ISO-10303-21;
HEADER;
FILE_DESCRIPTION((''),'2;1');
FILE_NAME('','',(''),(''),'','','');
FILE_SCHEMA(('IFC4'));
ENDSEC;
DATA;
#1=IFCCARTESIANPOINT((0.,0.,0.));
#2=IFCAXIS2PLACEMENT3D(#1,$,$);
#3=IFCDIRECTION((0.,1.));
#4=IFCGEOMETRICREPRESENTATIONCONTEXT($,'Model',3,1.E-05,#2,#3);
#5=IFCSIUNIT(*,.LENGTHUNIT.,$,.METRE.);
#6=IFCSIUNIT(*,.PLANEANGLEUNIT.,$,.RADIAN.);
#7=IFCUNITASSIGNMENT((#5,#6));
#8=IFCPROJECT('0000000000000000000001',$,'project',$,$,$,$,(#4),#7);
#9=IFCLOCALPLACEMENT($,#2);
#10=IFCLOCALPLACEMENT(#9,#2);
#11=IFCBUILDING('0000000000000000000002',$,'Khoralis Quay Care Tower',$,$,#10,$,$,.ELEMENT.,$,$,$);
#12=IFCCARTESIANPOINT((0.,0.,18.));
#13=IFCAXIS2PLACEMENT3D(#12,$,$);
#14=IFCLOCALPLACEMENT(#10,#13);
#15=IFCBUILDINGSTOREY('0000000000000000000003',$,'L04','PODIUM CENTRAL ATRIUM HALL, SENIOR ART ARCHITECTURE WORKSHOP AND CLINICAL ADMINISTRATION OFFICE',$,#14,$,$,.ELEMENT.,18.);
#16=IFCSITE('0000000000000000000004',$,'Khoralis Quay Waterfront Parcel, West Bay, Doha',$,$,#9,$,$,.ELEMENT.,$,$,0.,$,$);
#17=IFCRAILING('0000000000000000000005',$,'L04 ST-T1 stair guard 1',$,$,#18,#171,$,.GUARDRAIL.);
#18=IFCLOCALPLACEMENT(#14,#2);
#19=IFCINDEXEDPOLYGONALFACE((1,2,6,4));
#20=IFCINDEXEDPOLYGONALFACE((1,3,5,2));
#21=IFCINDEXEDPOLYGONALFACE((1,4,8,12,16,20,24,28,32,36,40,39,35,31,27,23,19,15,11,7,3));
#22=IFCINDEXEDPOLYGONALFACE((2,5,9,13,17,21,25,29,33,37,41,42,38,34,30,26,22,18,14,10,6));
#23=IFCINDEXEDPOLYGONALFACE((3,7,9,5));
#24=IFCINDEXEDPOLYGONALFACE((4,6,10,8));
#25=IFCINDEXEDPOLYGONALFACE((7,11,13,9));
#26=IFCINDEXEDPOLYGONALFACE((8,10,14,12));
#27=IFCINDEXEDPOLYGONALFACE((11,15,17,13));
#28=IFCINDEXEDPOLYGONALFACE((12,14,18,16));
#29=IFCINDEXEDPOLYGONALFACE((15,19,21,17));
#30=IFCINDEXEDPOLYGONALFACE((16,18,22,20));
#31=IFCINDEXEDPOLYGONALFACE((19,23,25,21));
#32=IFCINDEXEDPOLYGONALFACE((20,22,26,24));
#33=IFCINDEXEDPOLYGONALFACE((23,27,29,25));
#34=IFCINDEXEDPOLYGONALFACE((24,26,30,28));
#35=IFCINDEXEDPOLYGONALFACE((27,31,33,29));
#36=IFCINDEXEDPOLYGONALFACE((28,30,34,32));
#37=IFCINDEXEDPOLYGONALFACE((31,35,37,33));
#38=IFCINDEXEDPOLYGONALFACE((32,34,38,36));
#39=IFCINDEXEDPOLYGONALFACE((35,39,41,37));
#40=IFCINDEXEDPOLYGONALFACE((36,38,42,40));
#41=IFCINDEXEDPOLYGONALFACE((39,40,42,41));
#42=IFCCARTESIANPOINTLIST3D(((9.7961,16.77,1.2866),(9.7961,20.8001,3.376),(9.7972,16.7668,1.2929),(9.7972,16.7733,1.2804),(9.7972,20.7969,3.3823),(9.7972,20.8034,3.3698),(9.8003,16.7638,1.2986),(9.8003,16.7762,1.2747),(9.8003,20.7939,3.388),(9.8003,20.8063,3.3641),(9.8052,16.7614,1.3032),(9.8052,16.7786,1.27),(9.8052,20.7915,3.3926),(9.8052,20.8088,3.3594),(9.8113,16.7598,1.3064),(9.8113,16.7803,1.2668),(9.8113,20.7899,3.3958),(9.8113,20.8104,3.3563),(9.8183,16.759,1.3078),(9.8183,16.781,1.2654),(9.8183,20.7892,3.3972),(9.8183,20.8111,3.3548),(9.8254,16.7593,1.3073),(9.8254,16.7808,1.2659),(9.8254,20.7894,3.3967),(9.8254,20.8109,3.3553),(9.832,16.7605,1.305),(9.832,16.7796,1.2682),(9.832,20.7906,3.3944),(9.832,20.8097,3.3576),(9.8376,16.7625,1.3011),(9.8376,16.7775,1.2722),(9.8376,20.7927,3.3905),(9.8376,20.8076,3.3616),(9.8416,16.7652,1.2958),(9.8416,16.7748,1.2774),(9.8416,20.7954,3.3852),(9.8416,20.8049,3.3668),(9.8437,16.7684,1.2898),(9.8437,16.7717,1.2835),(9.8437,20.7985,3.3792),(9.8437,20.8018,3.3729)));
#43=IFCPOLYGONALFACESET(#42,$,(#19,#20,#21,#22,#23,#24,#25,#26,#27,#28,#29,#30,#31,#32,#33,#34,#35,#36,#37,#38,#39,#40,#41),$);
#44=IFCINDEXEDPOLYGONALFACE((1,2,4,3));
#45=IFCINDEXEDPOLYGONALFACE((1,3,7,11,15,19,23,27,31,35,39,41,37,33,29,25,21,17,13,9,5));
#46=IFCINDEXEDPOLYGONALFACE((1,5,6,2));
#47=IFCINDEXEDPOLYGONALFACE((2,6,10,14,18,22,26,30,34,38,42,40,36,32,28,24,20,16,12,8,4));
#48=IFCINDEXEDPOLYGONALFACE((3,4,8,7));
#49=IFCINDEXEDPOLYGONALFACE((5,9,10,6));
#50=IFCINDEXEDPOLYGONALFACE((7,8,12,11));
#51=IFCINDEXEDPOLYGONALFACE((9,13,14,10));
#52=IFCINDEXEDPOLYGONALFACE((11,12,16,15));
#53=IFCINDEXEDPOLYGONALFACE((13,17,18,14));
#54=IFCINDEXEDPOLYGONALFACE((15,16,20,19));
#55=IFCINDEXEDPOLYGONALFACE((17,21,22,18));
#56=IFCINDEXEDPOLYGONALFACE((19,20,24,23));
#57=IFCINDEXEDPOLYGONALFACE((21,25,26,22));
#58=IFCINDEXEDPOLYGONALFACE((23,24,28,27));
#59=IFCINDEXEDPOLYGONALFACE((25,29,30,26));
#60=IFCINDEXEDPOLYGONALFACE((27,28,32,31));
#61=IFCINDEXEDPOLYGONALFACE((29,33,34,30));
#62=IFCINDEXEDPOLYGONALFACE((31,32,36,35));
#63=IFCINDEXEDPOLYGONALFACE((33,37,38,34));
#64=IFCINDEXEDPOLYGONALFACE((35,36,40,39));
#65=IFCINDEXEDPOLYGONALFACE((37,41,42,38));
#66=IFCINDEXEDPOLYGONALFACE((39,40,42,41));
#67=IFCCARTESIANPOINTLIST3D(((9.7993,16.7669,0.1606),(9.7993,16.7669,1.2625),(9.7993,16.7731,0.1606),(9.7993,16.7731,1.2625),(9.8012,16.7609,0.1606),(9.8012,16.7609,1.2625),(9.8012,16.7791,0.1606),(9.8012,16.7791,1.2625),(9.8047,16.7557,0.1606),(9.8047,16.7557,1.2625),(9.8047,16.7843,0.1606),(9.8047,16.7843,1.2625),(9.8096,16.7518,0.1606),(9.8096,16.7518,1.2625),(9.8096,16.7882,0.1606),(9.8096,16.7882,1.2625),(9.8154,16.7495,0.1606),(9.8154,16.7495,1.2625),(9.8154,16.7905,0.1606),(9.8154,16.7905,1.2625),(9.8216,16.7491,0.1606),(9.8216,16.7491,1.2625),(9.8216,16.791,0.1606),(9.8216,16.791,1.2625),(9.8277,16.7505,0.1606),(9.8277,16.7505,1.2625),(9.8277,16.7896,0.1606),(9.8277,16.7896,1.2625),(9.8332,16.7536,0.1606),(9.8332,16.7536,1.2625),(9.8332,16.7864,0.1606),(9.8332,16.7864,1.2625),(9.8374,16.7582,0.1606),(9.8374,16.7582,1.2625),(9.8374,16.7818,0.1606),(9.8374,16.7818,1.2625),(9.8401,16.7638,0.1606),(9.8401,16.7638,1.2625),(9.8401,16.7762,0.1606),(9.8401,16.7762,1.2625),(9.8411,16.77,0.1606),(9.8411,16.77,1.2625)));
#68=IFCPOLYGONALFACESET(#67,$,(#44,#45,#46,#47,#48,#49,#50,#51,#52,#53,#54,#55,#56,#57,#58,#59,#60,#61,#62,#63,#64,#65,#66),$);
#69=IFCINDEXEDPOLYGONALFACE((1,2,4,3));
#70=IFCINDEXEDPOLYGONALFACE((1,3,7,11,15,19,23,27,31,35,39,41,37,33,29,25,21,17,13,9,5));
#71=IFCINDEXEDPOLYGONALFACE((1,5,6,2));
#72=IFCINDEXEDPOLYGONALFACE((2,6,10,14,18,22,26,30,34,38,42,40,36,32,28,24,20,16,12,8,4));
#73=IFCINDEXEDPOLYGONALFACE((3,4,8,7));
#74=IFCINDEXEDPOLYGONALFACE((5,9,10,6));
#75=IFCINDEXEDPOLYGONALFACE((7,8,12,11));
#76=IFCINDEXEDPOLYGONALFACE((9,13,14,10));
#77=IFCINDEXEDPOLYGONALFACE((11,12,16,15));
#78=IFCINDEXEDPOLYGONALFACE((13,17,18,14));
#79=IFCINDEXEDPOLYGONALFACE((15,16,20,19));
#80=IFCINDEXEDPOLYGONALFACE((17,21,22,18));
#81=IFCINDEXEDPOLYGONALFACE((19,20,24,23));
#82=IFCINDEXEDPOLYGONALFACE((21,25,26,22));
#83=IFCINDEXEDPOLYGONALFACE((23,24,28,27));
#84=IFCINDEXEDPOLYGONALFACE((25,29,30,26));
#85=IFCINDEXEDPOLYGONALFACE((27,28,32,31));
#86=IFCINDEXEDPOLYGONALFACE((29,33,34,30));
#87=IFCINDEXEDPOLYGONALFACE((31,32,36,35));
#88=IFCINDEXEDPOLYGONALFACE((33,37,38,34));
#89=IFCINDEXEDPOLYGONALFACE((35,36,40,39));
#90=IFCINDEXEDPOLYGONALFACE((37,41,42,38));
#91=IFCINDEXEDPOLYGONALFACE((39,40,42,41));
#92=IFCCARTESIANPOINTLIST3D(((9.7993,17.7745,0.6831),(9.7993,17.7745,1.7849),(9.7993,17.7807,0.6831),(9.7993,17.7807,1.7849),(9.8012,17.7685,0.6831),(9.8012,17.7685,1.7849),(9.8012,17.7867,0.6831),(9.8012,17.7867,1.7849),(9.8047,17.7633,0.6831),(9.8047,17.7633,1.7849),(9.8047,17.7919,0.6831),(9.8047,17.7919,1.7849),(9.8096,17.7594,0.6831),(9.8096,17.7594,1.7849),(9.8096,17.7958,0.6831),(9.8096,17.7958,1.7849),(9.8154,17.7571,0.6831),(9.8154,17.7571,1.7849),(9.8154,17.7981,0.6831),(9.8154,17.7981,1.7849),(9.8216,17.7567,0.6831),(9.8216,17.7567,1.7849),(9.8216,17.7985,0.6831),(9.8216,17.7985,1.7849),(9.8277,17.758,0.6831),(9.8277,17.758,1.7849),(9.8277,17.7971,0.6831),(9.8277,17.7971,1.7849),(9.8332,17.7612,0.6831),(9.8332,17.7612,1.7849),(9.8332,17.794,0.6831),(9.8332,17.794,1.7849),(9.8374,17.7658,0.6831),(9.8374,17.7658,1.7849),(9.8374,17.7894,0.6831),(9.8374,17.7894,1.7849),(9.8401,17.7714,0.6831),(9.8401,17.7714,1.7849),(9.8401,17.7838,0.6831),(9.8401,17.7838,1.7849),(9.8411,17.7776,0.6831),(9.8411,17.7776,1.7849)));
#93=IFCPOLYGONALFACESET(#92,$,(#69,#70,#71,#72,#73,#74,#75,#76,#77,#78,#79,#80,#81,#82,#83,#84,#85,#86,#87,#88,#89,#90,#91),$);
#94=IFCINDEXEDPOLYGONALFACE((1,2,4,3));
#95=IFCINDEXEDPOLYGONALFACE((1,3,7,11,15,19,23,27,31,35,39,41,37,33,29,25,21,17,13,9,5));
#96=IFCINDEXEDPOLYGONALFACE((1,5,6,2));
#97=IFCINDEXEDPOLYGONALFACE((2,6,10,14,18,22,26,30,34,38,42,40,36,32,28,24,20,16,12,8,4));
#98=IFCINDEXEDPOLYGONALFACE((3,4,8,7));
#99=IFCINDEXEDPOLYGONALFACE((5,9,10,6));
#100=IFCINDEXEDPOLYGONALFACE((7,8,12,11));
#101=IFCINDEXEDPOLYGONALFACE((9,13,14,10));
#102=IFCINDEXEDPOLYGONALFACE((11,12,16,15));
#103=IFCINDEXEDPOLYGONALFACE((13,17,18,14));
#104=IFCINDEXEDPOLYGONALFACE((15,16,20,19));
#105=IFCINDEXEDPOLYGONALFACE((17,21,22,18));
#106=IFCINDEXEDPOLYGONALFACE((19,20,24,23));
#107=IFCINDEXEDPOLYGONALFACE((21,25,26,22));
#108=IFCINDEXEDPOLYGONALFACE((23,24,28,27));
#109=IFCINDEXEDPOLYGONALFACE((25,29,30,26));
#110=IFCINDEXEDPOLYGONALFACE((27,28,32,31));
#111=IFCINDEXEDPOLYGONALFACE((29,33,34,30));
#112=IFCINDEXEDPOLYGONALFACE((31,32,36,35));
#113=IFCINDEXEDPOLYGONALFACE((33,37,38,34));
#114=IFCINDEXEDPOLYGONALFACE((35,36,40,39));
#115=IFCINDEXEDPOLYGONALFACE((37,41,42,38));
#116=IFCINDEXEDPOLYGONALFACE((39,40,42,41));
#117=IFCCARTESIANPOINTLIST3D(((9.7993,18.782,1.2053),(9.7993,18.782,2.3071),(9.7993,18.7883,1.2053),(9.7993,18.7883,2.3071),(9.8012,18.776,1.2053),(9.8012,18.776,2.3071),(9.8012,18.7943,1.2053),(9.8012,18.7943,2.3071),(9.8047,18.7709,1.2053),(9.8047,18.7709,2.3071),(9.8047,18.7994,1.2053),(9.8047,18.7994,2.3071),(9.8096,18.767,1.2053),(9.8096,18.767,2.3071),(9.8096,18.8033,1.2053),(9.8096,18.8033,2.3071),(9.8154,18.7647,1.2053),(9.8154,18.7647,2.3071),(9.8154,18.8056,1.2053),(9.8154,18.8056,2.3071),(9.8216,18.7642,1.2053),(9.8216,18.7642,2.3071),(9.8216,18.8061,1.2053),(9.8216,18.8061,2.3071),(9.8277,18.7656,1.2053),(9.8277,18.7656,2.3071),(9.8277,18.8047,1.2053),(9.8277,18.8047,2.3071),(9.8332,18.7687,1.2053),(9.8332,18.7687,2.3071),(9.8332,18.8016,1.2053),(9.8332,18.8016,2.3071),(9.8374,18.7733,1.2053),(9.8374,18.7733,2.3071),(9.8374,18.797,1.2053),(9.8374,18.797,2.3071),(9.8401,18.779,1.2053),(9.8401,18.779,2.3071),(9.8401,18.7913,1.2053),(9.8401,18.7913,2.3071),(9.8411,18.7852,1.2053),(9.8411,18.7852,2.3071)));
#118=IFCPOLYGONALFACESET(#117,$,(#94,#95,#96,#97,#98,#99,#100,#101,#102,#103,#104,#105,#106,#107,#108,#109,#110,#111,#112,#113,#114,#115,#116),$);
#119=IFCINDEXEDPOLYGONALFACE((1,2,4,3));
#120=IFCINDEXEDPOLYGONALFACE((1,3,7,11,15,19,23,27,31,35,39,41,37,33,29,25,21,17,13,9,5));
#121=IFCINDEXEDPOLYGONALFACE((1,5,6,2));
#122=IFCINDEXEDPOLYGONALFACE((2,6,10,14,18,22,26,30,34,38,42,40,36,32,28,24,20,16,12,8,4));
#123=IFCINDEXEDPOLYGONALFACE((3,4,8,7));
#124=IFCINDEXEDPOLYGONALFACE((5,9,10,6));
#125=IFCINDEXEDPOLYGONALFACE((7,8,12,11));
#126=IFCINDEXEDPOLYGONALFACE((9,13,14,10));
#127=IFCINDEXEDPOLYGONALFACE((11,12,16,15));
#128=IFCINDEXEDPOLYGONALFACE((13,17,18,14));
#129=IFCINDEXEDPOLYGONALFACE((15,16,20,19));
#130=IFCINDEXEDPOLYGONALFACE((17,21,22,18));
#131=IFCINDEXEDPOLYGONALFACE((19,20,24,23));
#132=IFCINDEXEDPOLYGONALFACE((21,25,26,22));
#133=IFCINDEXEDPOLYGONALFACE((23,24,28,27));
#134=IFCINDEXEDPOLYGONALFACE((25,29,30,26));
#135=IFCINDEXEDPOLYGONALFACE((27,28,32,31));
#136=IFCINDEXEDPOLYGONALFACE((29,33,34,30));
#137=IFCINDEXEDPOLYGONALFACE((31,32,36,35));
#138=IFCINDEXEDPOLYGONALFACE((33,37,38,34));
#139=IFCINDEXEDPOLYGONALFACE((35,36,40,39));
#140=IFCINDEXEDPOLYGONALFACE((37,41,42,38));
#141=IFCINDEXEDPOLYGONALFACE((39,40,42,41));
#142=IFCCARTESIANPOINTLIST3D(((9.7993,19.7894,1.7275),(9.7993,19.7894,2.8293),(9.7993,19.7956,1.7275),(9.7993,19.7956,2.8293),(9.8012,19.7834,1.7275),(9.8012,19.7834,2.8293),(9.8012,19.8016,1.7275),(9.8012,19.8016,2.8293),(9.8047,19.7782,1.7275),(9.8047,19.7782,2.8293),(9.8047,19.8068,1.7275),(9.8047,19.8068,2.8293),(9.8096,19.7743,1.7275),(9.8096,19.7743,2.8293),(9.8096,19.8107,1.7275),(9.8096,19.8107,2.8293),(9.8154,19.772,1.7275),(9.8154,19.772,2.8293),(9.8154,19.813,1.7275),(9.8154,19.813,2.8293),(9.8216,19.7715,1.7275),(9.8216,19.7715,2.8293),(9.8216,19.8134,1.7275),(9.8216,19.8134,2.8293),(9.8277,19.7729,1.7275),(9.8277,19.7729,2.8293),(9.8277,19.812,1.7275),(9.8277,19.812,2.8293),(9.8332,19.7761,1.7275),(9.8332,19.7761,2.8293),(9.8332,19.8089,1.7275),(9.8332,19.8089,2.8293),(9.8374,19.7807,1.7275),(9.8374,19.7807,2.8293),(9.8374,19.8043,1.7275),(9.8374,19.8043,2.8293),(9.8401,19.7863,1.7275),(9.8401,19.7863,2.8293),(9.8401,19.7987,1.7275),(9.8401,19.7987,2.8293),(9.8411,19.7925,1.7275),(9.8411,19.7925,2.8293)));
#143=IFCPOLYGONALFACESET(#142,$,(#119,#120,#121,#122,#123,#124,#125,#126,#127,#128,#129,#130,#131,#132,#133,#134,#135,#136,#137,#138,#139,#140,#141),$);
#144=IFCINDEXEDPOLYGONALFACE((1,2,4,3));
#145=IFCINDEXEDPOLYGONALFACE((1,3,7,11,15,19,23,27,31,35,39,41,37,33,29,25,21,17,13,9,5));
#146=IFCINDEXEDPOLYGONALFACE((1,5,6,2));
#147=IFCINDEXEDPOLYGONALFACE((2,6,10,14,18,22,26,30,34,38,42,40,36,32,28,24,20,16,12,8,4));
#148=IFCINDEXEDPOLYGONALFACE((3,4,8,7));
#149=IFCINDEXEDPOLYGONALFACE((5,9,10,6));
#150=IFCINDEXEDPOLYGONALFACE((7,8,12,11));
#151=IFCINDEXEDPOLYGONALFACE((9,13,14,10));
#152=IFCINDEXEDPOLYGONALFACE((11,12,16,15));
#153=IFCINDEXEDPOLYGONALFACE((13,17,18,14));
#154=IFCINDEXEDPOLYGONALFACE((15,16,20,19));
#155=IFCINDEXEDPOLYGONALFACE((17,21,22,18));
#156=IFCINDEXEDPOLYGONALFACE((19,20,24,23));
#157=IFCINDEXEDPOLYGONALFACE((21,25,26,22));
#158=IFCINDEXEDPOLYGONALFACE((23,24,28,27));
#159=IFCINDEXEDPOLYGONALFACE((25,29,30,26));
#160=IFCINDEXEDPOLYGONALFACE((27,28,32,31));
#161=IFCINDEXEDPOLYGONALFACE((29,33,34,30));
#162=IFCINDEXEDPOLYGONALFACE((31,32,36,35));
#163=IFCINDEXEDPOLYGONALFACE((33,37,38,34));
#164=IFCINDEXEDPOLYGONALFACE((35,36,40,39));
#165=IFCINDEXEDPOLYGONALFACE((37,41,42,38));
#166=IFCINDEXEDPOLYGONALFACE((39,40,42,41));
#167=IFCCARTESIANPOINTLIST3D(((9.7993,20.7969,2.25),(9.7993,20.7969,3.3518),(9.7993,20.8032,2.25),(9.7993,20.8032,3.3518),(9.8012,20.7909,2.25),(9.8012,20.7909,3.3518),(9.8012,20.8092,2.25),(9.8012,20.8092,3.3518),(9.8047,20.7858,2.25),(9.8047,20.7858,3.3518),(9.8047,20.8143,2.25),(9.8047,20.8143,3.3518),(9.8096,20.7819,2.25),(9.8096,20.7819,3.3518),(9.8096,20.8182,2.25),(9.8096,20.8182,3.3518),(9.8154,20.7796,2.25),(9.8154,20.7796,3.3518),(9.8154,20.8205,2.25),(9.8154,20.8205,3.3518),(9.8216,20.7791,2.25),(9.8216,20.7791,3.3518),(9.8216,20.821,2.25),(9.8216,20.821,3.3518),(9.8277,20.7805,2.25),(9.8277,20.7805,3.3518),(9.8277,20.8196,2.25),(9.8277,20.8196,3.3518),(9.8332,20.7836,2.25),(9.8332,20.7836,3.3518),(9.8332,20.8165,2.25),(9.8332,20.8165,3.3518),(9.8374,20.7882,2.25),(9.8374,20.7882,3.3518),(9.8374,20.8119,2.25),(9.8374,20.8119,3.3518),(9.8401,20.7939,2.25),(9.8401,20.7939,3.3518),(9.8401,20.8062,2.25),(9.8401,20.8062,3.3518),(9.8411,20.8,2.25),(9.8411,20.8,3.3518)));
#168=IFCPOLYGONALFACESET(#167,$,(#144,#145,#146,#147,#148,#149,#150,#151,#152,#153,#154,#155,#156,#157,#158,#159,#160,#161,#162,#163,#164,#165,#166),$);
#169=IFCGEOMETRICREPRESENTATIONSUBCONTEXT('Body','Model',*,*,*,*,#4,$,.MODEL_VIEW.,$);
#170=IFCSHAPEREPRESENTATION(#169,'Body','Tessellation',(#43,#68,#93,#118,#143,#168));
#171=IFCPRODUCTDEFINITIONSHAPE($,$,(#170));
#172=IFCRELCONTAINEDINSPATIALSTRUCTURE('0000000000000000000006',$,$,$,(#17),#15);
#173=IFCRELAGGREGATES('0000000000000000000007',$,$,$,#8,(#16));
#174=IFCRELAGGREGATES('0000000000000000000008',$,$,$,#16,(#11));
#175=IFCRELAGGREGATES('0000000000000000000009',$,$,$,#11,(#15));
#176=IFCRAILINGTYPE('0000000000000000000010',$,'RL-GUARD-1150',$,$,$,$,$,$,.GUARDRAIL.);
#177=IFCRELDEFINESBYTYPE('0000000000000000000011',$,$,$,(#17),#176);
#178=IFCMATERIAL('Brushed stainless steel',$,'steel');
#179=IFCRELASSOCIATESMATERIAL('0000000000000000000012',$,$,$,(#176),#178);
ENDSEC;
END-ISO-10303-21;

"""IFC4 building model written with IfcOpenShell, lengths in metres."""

from ifc_helpers import new_model, si_unit, direction, frame, origin, origin_2d, place, context, subcontext, project, spatial, circle, extrude, material, type_object, element, save


model = new_model("IFC4")

# Units and contexts
model_context = context("Model", 3, precision=1e-05, world=origin(), true_north=direction((0.0, 1.0)))
body_context = subcontext(model_context, "Body", "Model", "MODEL_VIEW")
ifc_project = project(units=[si_unit("LENGTHUNIT", "METRE"), si_unit("PLANEANGLEUNIT", "RADIAN")], contexts=[model_context])

# Site, building, storey
site_placement = place(None, origin())
site = spatial("IfcSite", under=ifc_project, at=site_placement, Name="Khoralis Quay Waterfront Parcel, West Bay, Doha", CompositionType="ELEMENT", RefElevation=0.0)
building_placement = place(site_placement, origin())
building = spatial("IfcBuilding", under=site, at=building_placement, Name="Khoralis Quay Care Tower", CompositionType="ELEMENT")
storey_placement = place(building_placement, frame((0.0, 0.0, 18.0)))
storey = spatial("IfcBuildingStorey", under=building, at=storey_placement, Name="L04", Description="PODIUM CENTRAL ATRIUM HALL, SENIOR ART ARCHITECTURE WORKSHOP AND CLINICAL ADMINISTRATION OFFICE", CompositionType="ELEMENT", Elevation=18.0)

# Shared definitions
ifc_material_1 = material(Name="Brushed stainless steel", Category="steel")

# Railing
railing_type = type_object("IfcRailingType", Name="RL-GUARD-1150", PredefinedType="GUARDRAIL", material=ifc_material_1)
railing_1_placement = place(storey_placement, frame((9.8201, 16.77, 0.1606)))
element("IfcRailing", 1, at=railing_1_placement, inside=storey, type_object=railing_type, Name="L04 ST-T1 stair guard 1", PredefinedType="GUARDRAIL", context=body_context, shape_type="SweptSolid", body=[
    extrude(circle(Radius=0.0239, at=origin_2d()), frame((0.0, 0.0, 1.126), z_axis=(0.0, 0.887781, 0.460267), x_axis=(-1.0, 0.0, 0.0)), (0.0, 0.0, 1.0), 4.5396),
    extrude(circle(Radius=0.021, at=origin_2d()), origin(), (0.0, 0.0, 1.0), 1.1018),
    extrude(circle(Radius=0.021, at=origin_2d()), frame((0.0, 1.0076, 0.5225)), (0.0, 0.0, 1.0), 1.1018),
    extrude(circle(Radius=0.021, at=origin_2d()), frame((0.0, 2.0151, 1.0447)), (0.0, 0.0, 1.0), 1.1018),
    extrude(circle(Radius=0.021, at=origin_2d()), frame((0.0, 3.0225, 1.5669)), (0.0, 0.0, 1.0), 1.1018),
    extrude(circle(Radius=0.021, at=origin_2d()), frame((0.0, 4.03, 2.0894)), (0.0, 0.0, 1.0), 1.1018),
])

save(model, "model.ifc")
